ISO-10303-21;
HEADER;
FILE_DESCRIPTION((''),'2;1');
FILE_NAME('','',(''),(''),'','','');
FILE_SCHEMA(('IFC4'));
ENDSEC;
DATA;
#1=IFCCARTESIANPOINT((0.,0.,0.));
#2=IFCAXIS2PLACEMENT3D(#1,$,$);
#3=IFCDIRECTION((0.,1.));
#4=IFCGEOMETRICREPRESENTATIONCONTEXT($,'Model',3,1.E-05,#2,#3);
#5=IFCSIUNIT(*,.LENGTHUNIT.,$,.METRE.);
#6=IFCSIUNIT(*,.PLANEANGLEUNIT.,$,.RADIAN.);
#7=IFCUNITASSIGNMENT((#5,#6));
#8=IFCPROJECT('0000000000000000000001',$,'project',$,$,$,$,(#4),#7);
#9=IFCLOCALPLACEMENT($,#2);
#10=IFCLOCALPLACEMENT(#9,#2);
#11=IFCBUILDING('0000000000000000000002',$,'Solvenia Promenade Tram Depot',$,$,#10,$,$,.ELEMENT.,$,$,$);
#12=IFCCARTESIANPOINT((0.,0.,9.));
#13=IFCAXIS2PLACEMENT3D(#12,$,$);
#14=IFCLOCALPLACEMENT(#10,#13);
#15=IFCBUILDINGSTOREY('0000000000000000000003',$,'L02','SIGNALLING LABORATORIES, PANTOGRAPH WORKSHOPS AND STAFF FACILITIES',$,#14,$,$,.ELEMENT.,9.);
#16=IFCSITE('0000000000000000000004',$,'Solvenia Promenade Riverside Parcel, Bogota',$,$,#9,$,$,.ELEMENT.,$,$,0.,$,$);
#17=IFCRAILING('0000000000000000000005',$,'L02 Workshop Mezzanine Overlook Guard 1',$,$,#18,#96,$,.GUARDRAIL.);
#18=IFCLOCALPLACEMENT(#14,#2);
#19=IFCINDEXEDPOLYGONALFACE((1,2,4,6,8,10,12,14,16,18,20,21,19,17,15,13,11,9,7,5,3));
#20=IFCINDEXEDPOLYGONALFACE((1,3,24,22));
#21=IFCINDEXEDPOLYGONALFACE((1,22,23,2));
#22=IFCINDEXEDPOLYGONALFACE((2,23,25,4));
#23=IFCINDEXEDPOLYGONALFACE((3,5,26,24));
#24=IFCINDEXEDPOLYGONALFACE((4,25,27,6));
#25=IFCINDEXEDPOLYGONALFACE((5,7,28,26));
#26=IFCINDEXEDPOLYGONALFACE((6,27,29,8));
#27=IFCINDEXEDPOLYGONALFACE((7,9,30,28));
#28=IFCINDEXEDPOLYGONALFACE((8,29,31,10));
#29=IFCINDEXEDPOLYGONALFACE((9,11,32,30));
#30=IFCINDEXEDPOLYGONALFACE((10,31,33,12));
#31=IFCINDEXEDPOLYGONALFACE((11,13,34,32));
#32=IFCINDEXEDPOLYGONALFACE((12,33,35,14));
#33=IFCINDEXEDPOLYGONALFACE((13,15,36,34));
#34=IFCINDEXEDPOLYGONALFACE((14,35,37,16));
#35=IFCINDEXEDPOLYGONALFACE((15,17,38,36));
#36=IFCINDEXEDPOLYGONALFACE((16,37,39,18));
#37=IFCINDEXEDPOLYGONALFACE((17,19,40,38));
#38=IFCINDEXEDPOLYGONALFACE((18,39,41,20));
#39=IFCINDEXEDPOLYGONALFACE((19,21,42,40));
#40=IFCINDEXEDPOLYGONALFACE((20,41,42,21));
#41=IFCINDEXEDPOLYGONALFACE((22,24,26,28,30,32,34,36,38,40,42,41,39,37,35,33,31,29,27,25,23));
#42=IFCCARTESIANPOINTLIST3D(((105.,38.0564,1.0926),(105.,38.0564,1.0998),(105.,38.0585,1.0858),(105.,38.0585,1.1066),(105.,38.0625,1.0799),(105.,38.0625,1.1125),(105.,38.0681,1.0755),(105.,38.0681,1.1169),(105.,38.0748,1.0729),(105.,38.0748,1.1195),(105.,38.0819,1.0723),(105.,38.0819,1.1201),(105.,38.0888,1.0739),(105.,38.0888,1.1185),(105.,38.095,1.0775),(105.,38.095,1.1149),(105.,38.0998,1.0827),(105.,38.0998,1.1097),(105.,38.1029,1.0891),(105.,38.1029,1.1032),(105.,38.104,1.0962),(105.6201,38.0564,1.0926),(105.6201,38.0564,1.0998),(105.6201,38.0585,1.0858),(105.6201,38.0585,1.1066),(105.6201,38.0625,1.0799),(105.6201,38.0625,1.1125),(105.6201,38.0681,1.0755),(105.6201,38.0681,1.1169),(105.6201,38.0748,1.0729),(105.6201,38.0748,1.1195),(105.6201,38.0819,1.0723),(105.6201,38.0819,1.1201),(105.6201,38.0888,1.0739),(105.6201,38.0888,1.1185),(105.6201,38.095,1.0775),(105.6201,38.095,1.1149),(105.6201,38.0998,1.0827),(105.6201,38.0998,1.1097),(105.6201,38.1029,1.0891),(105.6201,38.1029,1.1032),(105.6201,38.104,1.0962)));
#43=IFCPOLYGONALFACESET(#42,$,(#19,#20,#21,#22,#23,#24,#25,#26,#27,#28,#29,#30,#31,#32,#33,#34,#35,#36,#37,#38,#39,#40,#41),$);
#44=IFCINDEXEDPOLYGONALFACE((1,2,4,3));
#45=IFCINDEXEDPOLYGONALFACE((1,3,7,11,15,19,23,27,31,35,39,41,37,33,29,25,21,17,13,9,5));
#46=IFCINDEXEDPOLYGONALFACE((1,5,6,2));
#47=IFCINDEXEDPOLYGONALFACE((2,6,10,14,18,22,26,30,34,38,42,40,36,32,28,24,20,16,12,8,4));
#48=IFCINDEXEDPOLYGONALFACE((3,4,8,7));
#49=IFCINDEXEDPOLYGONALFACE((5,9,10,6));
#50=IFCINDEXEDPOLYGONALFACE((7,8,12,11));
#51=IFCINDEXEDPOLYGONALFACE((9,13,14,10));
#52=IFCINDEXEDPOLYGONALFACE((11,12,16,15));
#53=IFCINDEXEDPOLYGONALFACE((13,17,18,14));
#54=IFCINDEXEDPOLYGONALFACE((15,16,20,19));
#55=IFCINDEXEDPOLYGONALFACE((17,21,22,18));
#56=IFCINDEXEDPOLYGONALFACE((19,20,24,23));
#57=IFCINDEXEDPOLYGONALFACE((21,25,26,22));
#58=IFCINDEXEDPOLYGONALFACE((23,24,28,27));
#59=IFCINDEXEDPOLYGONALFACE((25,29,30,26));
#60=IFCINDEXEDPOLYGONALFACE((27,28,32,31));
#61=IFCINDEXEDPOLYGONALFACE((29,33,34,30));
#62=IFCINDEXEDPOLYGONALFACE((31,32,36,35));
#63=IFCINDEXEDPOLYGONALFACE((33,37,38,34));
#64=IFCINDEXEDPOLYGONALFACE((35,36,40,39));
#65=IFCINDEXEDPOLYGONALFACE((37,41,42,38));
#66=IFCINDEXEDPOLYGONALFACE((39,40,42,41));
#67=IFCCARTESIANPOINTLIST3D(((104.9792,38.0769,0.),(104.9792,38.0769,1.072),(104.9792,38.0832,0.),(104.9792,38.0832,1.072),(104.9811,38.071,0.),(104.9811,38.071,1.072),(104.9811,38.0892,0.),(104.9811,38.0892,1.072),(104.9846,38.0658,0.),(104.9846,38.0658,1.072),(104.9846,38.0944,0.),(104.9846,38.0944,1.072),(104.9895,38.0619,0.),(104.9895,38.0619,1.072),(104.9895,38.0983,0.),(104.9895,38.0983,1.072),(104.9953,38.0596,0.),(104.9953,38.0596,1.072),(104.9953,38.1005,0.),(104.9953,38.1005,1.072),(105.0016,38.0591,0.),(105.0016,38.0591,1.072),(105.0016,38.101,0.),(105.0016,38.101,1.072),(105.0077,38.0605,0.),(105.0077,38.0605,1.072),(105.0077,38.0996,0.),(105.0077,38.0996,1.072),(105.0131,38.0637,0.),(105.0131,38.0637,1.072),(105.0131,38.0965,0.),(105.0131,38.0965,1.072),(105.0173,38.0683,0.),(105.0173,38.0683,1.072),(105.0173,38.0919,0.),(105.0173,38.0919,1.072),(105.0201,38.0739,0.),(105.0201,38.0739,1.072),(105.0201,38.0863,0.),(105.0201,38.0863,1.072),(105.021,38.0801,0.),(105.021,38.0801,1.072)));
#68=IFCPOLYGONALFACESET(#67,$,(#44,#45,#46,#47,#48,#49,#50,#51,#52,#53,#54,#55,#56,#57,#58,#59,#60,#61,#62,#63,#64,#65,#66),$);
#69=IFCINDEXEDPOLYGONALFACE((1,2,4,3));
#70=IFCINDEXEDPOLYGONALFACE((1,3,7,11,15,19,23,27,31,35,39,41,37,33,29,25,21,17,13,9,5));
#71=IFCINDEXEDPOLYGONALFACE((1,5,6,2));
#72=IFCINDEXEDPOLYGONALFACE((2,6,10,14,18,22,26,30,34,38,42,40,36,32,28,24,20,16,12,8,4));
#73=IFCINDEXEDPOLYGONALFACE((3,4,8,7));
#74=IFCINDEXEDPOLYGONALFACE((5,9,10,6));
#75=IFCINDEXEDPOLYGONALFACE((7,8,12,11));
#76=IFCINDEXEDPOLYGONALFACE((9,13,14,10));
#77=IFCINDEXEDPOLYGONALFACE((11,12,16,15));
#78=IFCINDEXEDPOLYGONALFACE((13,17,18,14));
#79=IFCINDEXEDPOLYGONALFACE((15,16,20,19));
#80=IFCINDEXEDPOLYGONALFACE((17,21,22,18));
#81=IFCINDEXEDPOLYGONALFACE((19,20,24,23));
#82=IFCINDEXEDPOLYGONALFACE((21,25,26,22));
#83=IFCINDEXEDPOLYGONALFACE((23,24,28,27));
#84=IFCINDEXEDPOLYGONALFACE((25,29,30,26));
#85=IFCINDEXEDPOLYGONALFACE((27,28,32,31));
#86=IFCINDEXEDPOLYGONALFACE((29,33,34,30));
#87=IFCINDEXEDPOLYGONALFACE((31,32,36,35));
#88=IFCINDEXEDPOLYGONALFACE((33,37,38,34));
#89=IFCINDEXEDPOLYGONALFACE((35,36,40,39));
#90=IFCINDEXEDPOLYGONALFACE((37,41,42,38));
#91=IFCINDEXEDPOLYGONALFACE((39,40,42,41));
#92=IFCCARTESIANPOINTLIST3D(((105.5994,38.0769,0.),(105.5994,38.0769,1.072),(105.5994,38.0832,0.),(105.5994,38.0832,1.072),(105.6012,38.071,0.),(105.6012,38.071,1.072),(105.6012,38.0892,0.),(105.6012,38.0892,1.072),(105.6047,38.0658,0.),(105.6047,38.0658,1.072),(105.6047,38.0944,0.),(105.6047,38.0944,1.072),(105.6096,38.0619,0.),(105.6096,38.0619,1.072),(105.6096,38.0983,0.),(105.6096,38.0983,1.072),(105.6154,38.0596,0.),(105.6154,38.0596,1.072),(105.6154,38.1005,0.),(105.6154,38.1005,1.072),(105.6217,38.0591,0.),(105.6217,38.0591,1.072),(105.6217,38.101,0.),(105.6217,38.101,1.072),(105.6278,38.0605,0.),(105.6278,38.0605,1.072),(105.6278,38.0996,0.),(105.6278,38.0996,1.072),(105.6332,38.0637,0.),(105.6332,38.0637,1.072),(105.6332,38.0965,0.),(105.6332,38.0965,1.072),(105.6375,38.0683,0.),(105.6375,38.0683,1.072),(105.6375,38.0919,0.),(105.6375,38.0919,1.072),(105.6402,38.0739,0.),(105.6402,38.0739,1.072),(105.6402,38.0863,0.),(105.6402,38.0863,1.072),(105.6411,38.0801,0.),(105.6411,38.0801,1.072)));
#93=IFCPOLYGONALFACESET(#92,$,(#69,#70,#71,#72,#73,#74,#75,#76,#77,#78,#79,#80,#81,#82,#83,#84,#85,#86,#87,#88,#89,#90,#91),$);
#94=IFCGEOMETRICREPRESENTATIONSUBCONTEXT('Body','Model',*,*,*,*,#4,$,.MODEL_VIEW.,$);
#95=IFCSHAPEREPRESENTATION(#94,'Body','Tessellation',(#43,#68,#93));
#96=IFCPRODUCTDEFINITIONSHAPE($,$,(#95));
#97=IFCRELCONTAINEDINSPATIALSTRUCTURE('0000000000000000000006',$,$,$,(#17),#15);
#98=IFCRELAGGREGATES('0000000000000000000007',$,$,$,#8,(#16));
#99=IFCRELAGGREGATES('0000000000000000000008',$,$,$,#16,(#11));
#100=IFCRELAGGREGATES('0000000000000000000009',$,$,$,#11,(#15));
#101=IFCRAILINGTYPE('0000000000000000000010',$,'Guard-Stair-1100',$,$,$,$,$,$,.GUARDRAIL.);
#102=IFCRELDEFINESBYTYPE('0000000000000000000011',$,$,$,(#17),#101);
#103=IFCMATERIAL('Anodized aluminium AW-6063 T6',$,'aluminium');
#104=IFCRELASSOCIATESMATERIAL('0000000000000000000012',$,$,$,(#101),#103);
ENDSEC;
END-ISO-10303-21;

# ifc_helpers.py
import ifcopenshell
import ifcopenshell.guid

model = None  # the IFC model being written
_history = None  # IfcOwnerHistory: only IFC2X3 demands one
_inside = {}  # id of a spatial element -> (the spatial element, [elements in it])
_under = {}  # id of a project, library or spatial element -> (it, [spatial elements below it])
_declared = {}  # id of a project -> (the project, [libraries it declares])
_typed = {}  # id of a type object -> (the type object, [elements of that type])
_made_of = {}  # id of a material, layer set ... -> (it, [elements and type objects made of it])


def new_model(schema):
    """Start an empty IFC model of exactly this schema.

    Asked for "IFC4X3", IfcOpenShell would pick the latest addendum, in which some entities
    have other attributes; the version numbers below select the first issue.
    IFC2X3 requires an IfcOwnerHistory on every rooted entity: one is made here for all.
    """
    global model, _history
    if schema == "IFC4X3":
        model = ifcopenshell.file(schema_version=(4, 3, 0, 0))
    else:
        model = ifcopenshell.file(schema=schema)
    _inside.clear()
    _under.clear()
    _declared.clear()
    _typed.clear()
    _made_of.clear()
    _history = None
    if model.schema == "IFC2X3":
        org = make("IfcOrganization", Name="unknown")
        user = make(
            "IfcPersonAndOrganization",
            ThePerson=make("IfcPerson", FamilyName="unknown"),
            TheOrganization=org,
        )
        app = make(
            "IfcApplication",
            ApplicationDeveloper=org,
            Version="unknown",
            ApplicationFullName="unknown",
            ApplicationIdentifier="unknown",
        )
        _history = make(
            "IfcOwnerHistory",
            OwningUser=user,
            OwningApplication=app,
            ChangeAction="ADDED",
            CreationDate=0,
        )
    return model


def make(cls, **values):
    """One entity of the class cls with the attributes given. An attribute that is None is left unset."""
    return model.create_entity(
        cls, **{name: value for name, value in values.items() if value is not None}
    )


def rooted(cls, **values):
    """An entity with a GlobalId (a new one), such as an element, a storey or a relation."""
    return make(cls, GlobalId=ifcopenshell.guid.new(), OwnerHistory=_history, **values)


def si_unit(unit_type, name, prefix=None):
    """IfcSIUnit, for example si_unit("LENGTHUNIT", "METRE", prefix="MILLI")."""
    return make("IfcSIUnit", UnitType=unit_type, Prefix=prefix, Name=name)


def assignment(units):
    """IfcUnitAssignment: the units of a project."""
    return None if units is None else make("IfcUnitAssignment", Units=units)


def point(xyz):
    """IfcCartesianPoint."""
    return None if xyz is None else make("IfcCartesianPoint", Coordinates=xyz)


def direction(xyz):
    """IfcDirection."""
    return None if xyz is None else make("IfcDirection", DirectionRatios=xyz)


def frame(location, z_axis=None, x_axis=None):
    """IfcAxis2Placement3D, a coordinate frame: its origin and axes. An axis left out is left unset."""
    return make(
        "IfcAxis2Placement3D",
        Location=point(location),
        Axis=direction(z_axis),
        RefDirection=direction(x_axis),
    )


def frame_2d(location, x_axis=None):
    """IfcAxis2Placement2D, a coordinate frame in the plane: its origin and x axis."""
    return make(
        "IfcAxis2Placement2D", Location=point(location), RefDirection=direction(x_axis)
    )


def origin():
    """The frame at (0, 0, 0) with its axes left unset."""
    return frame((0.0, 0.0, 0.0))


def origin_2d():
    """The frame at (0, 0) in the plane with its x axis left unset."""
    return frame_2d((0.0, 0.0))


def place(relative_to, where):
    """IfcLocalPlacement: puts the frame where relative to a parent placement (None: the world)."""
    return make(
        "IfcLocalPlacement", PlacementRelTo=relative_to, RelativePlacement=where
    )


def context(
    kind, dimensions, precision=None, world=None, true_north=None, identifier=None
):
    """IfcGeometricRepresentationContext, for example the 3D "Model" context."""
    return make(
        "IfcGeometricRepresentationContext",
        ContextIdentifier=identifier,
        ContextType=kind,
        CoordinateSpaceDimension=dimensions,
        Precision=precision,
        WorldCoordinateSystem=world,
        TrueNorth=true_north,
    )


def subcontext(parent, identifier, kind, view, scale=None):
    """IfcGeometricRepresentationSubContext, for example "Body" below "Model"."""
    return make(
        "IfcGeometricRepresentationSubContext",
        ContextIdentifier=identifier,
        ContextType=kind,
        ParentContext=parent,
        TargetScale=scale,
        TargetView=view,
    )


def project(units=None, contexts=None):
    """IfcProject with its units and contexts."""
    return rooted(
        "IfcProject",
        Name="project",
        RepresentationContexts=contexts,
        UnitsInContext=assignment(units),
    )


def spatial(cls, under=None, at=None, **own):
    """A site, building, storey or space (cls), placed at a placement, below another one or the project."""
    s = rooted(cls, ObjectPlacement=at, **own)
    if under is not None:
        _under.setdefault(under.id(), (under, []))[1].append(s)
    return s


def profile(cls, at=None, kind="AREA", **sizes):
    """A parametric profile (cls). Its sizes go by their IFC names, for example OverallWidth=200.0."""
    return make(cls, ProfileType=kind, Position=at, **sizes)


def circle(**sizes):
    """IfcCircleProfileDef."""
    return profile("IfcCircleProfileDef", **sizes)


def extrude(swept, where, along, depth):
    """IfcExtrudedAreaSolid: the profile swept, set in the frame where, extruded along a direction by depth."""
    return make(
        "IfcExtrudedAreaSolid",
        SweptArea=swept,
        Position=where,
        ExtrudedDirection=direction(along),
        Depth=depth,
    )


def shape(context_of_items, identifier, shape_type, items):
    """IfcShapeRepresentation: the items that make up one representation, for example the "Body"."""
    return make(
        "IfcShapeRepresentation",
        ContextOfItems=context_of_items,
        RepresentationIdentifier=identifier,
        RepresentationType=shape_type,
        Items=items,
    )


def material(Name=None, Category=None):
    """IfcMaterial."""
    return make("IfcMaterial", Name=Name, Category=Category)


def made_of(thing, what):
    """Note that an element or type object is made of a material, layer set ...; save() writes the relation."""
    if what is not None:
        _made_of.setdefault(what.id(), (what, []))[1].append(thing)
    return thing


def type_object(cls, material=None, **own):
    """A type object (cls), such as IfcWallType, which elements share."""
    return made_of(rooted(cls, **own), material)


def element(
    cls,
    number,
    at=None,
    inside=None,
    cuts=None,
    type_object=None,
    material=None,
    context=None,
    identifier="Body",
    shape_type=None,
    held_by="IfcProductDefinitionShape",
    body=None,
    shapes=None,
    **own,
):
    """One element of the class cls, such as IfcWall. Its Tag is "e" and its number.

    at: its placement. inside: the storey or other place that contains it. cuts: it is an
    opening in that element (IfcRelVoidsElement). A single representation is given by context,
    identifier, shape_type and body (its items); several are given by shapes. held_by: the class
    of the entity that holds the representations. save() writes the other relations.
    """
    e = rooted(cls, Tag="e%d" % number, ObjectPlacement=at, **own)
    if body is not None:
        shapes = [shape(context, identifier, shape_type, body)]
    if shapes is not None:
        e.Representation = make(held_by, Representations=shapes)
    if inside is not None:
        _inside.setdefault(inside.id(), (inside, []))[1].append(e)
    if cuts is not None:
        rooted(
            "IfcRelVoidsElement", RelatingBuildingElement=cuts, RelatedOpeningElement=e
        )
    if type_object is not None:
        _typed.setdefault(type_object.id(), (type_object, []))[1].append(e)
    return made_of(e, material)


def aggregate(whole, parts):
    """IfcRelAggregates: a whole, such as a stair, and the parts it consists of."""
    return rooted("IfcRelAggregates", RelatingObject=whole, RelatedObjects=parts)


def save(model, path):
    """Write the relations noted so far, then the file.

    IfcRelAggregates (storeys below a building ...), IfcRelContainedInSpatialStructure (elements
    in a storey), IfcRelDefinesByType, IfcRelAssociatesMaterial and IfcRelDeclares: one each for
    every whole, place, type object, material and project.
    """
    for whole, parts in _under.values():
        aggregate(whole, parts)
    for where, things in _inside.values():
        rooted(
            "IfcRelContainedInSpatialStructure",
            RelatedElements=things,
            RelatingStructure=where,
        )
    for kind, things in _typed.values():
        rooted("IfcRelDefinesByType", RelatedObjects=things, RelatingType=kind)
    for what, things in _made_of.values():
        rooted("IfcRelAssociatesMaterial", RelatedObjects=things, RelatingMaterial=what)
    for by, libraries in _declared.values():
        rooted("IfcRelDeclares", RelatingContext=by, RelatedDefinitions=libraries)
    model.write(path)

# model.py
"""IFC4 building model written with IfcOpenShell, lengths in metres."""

from ifc_helpers import new_model, si_unit, direction, frame, origin, origin_2d, place, context, subcontext, project, spatial, circle, extrude, material, type_object, element, save


model = new_model("IFC4")

# Units and contexts
model_context = context("Model", 3, precision=1e-05, world=origin(), true_north=direction((0.0, 1.0)))
body_context = subcontext(model_context, "Body", "Model", "MODEL_VIEW")
ifc_project = project(units=[si_unit("LENGTHUNIT", "METRE"), si_unit("PLANEANGLEUNIT", "RADIAN")], contexts=[model_context])

# Site, building, storey
site_placement = place(None, origin())
site = spatial("IfcSite", under=ifc_project, at=site_placement, Name="Solvenia Promenade Riverside Parcel, Bogota", CompositionType="ELEMENT", RefElevation=0.0)
building_placement = place(site_placement, origin())
building = spatial("IfcBuilding", under=site, at=building_placement, Name="Solvenia Promenade Tram Depot", CompositionType="ELEMENT")
storey_placement = place(building_placement, frame((0.0, 0.0, 9.0)))
storey = spatial("IfcBuildingStorey", under=building, at=storey_placement, Name="L02", Description="SIGNALLING LABORATORIES, PANTOGRAPH WORKSHOPS AND STAFF FACILITIES", CompositionType="ELEMENT", Elevation=9.0)

# Shared definitions
ifc_material_1 = material(Name="Anodized aluminium AW-6063 T6", Category="aluminium")

# Railing
railing_type = type_object("IfcRailingType", Name="Guard-Stair-1100", PredefinedType="GUARDRAIL", material=ifc_material_1)
railing_placement = place(storey_placement, frame((105.0, 38.0801, 0.0)))
element("IfcRailing", 1, at=railing_placement, inside=storey, type_object=railing_type, Name="L02 Workshop Mezzanine Overlook Guard 1", PredefinedType="GUARDRAIL", context=body_context, shape_type="SweptSolid", body=[
    extrude(circle(Radius=0.0239, at=origin_2d()), frame((0.0, 0.0, 1.0962), z_axis=(1.0, 0.0, 0.0), x_axis=(0.0, 1.0, 0.0)), (0.0, 0.0, 1.0), 0.6201),
    extrude(circle(Radius=0.021, at=origin_2d()), origin(), (0.0, 0.0, 1.0), 1.072),
    extrude(circle(Radius=0.021, at=origin_2d()), frame((0.6201, 0.0, 0.0)), (0.0, 0.0, 1.0), 1.072),
])

save(model, "model.ifc")
